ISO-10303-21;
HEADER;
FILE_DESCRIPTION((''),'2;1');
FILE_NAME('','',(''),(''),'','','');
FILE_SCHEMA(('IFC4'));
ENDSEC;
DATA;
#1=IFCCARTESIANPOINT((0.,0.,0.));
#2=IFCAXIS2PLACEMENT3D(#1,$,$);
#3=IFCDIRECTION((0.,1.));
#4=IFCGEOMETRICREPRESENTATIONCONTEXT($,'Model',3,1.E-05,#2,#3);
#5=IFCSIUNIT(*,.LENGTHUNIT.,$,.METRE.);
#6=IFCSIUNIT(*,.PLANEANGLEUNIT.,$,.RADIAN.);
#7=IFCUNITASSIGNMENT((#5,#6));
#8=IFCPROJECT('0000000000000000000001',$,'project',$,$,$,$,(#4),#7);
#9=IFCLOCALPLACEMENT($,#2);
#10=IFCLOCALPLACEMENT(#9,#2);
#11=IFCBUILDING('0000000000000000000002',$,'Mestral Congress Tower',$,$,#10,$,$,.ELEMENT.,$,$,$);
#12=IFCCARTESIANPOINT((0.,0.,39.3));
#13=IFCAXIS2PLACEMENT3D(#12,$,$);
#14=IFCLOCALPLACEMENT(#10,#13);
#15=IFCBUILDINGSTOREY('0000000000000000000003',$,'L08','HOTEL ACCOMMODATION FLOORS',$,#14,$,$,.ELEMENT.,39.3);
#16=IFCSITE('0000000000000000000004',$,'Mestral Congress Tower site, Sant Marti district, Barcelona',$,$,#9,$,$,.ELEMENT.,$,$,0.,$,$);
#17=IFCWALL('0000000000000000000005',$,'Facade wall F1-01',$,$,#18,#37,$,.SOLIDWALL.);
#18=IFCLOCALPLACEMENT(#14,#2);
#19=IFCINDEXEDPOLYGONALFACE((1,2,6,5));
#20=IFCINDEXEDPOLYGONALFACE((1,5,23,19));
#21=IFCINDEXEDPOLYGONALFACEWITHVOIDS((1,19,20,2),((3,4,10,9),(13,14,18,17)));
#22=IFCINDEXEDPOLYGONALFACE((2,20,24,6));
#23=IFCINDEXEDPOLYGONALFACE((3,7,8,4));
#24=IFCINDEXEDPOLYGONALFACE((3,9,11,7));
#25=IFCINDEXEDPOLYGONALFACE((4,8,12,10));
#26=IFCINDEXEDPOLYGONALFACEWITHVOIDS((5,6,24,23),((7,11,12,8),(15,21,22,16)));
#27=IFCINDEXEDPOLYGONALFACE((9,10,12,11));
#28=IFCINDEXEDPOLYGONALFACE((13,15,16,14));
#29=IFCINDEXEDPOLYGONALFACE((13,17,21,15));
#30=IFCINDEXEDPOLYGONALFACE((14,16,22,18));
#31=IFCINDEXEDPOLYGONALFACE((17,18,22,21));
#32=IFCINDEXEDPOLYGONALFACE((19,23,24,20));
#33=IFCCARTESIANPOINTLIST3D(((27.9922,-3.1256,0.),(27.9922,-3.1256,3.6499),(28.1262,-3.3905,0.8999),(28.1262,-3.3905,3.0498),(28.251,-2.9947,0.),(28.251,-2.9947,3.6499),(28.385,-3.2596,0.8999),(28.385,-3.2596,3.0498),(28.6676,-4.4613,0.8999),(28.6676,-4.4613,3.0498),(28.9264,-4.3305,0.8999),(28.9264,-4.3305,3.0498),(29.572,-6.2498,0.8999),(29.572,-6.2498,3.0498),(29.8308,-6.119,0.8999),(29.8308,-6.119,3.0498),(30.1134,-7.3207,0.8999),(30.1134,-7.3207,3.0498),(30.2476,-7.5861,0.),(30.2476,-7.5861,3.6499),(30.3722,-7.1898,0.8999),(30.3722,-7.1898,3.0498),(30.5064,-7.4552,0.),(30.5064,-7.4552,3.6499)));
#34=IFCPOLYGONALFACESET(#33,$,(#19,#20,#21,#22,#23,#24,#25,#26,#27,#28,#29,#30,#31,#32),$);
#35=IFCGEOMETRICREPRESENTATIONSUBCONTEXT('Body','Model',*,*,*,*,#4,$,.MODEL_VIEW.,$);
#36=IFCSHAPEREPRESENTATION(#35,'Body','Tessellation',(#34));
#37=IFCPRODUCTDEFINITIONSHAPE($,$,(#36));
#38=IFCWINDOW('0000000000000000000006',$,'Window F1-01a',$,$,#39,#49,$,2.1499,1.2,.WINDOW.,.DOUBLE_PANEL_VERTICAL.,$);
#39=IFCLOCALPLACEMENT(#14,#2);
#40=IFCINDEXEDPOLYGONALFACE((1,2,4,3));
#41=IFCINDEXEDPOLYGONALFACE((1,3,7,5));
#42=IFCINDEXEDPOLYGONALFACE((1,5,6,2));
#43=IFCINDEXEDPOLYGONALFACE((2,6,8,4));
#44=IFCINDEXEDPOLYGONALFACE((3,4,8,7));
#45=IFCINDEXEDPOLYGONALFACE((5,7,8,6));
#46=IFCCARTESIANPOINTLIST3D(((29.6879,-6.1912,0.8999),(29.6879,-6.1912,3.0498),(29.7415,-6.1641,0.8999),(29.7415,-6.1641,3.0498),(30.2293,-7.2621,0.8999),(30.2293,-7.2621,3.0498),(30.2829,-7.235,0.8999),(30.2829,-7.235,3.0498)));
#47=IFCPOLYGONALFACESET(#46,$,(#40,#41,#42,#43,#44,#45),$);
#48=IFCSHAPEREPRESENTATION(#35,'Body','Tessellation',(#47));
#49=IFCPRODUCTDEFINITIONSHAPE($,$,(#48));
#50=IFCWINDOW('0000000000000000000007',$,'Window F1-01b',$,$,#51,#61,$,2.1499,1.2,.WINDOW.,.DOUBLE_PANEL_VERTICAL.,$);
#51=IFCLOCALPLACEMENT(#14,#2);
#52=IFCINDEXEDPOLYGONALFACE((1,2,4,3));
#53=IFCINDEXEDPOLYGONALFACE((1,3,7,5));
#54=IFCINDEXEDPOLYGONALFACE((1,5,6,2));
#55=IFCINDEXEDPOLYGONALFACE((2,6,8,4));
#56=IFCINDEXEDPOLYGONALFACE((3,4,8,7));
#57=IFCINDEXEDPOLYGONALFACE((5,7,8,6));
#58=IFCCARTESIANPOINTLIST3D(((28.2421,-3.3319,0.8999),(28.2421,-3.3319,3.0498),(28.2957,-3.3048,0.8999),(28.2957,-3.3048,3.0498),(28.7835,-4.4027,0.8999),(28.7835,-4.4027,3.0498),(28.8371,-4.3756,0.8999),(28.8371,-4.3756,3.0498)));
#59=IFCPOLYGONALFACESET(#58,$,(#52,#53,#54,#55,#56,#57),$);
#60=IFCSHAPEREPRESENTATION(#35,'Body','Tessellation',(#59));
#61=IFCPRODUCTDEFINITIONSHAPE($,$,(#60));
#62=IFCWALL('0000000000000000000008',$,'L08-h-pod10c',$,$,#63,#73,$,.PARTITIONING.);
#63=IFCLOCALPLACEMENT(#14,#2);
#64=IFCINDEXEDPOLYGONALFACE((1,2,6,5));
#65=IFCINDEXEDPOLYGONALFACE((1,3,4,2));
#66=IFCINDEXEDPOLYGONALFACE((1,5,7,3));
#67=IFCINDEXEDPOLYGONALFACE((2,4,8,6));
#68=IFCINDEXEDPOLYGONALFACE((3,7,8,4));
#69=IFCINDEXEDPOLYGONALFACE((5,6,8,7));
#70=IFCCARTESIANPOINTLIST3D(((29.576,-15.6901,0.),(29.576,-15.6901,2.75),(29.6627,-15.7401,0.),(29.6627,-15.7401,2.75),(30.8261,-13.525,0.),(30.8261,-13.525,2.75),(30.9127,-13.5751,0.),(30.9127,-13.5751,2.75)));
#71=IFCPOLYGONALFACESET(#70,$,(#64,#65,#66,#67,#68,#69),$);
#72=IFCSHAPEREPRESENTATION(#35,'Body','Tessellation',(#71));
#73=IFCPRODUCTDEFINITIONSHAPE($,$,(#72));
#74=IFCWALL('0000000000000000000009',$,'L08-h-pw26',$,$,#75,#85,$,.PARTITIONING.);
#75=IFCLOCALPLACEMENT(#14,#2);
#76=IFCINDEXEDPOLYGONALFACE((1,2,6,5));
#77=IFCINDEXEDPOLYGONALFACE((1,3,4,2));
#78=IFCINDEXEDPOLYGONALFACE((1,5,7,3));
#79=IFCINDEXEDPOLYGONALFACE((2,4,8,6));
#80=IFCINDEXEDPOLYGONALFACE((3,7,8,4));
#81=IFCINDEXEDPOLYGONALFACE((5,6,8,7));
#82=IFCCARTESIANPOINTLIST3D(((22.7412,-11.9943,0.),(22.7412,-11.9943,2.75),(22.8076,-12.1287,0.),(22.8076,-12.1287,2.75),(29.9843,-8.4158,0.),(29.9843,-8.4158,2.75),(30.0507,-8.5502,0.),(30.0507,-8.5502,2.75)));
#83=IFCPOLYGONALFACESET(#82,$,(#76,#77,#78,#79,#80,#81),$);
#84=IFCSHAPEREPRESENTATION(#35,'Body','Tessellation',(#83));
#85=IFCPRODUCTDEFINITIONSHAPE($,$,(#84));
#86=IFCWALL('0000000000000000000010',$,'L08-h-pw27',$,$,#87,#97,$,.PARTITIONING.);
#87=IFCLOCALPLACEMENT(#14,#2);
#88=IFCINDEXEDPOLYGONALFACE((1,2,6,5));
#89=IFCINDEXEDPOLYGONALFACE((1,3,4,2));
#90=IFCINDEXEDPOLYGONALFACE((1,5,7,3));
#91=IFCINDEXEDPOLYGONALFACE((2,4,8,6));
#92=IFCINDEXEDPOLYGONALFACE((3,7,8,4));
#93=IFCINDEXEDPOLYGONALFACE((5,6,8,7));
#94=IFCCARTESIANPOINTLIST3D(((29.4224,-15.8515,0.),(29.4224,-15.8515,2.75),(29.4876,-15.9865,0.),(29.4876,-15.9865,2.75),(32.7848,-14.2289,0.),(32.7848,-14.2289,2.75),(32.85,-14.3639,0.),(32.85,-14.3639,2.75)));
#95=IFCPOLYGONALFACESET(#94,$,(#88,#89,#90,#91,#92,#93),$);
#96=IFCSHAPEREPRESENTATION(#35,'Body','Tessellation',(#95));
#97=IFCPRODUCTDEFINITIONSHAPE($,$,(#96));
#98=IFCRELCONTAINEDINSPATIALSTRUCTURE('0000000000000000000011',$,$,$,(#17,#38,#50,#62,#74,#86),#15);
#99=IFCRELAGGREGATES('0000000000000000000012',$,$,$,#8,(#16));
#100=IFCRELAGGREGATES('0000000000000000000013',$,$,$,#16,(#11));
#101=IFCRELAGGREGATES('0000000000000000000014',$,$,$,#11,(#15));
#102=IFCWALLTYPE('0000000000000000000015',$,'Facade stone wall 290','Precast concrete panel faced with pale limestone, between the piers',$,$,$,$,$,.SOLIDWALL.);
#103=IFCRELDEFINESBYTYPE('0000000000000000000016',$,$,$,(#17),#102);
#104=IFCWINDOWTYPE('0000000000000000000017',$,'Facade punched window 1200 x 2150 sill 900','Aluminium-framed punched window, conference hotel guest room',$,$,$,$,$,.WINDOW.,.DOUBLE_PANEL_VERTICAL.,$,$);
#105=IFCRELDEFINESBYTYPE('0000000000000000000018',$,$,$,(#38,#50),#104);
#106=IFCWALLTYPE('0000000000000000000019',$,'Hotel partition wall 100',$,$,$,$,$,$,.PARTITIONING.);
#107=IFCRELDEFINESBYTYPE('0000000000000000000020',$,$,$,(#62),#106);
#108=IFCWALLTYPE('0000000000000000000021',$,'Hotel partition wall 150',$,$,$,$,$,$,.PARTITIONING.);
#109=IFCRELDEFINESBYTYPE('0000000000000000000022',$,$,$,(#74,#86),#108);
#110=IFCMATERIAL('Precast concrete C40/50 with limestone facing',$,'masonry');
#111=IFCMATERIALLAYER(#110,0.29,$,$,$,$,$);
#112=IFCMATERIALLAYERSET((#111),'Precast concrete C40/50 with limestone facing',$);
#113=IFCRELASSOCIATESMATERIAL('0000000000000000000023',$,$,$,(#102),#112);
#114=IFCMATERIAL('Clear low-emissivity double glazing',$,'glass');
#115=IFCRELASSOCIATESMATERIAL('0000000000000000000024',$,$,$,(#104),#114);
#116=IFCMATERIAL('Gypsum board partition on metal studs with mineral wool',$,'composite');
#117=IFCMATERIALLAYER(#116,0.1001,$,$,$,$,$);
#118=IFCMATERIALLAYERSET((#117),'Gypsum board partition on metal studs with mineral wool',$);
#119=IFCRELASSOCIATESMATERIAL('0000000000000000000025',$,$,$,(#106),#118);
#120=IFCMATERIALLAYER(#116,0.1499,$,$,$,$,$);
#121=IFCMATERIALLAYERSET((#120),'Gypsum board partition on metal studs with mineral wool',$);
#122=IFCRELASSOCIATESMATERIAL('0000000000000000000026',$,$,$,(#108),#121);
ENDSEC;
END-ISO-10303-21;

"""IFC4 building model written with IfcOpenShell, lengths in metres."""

from ifc_helpers import new_model, si_unit, direction, frame, frame_2d, origin, place, context, subcontext, project, spatial, rectangle, extrude, material, layer, layer_set, type_object, element, fill, save


model = new_model("IFC4")

# Units and contexts
model_context = context("Model", 3, precision=1e-05, world=origin(), true_north=direction((0.0, 1.0)))
body_context = subcontext(model_context, "Body", "Model", "MODEL_VIEW")
ifc_project = project(units=[si_unit("LENGTHUNIT", "METRE"), si_unit("PLANEANGLEUNIT", "RADIAN")], contexts=[model_context])

# Site, building, storey
site_placement = place(None, origin())
site = spatial("IfcSite", under=ifc_project, at=site_placement, Name="Mestral Congress Tower site, Sant Marti district, Barcelona", CompositionType="ELEMENT", RefElevation=0.0)
building_placement = place(site_placement, origin())
building = spatial("IfcBuilding", under=site, at=building_placement, Name="Mestral Congress Tower", CompositionType="ELEMENT")
storey_placement = place(building_placement, frame((0.0, 0.0, 39.3)))
storey = spatial("IfcBuildingStorey", under=building, at=storey_placement, Name="L08", Description="HOTEL ACCOMMODATION FLOORS", CompositionType="ELEMENT", Elevation=39.3)

# Shared definitions
ifc_material_1 = material(Name="Precast concrete C40/50 with limestone facing", Category="masonry")
ifc_layer_1 = layer(ifc_material_1, 0.29)
ifc_layer_set_1 = layer_set([ifc_layer_1], Name="Precast concrete C40/50 with limestone facing")
wall_type_1 = type_object("IfcWallType", Name="Facade stone wall 290", Description="Precast concrete panel faced with pale limestone, between the piers", PredefinedType="SOLIDWALL", material=ifc_layer_set_1)
ifc_material_2 = material(Name="Clear low-emissivity double glazing", Category="glass")

# Wall, openings, windows
window_type_1 = type_object("IfcWindowType", Name="Facade punched window 1200 x 2150 sill 900", Description="Aluminium-framed punched window, conference hotel guest room", PartitioningType="DOUBLE_PANEL_VERTICAL", PredefinedType="WINDOW", material=ifc_material_2)
wall_1_placement = place(storey_placement, frame((30.377, -7.5205, 0.0), z_axis=(0.0, 0.0, 1.0), x_axis=(-0.451234, 0.892406, 0.0)))
wall_1 = element("IfcWall", 1, at=wall_1_placement, inside=storey, type_object=wall_type_1, Name="Facade wall F1-01", PredefinedType="SOLIDWALL", context=body_context, shape_type="SweptSolid", body=[
    extrude(rectangle(XDim=4.9983, YDim=0.29, at=frame_2d((2.499, 0.0))), origin(), (0.0, 0.0, 1.0), 3.6499),
])
opening_1_placement = place(wall_1_placement, frame((0.2971, 0.0, 0.8999)))
opening_1 = element("IfcOpeningElement", 2, at=opening_1_placement, cuts=wall_1, PredefinedType="OPENING", context=body_context, shape_type="SweptSolid", body=[
    extrude(rectangle(XDim=1.2, YDim=2.1499, at=frame_2d((0.6001, 1.075))), frame((0.0, 0.155, 0.0), z_axis=(0.0, -1.0, 0.0), x_axis=(1.0, 0.0, 0.0)), (0.0, 0.0, 1.0), 0.3101),
])
opening_2_placement = place(wall_1_placement, frame((3.5012, 0.0, 0.8999)))
opening_2 = element("IfcOpeningElement", 3, at=opening_2_placement, cuts=wall_1, PredefinedType="OPENING", context=body_context, shape_type="SweptSolid", body=[
    extrude(rectangle(XDim=1.2, YDim=2.1499, at=frame_2d((0.6001, 1.075))), frame((0.0, 0.155, 0.0), z_axis=(0.0, -1.0, 0.0), x_axis=(1.0, 0.0, 0.0)), (0.0, 0.0, 1.0), 0.3101),
])
window_1_placement = place(opening_1_placement, origin())
window_1 = element("IfcWindow", 4, at=window_1_placement, inside=storey, type_object=window_type_1, Name="Window F1-01a", OverallHeight=2.1499, OverallWidth=1.2, PartitioningType="DOUBLE_PANEL_VERTICAL", PredefinedType="WINDOW", context=body_context, shape_type="SweptSolid", body=[
    extrude(rectangle(XDim=1.2, YDim=2.1499, at=frame_2d((0.6001, 1.075))), frame((0.0, 0.0151, 0.0), z_axis=(0.0, -1.0, 0.0), x_axis=(1.0, 0.0, 0.0)), (0.0, 0.0, 1.0), 0.0601),
])
fill(opening_1, window_1)
window_2_placement = place(opening_2_placement, origin())
window_2 = element("IfcWindow", 5, at=window_2_placement, inside=storey, type_object=window_type_1, Name="Window F1-01b", OverallHeight=2.1499, OverallWidth=1.2, PartitioningType="DOUBLE_PANEL_VERTICAL", PredefinedType="WINDOW", context=body_context, shape_type="SweptSolid", body=[
    extrude(rectangle(XDim=1.2, YDim=2.1499, at=frame_2d((0.6001, 1.075))), frame((0.0, 0.0151, 0.0), z_axis=(0.0, -1.0, 0.0), x_axis=(1.0, 0.0, 0.0)), (0.0, 0.0, 1.0), 0.0601),
])
fill(opening_2, window_2)

# Walls
ifc_material_3 = material(Name="Gypsum board partition on metal studs with mineral wool", Category="composite")
ifc_layer_2 = layer(ifc_material_3, 0.1001)
ifc_layer_set_2 = layer_set([ifc_layer_2], Name="Gypsum board partition on metal studs with mineral wool")
wall_type_2 = type_object("IfcWallType", Name="Hotel partition wall 100", PredefinedType="PARTITIONING", material=ifc_layer_set_2)
wall_2_placement = place(storey_placement, frame((29.6194, -15.7151, 0.0), z_axis=(0.0, 0.0, 1.0), x_axis=(0.500004, 0.866023, 0.0)))
element("IfcWall", 6, at=wall_2_placement, inside=storey, type_object=wall_type_2, Name="L08-h-pod10c", PredefinedType="PARTITIONING", context=body_context, shape_type="SweptSolid", body=[
    extrude(rectangle(XDim=2.5, YDim=0.1001, at=frame_2d((1.25, 0.0))), origin(), (0.0, 0.0, 1.0), 2.75),
])
ifc_layer_3 = layer(ifc_material_3, 0.1499)
ifc_layer_set_3 = layer_set([ifc_layer_3], Name="Gypsum board partition on metal studs with mineral wool")
wall_type_3 = type_object("IfcWallType", Name="Hotel partition wall 150", PredefinedType="PARTITIONING", material=ifc_layer_set_3)
wall_3_placement = place(storey_placement, frame((30.0176, -8.4829, 0.0), z_axis=(0.0, 0.0, 1.0), x_axis=(-0.896545, -0.442954, 0.0)))
element("IfcWall", 7, at=wall_3_placement, inside=storey, type_object=wall_type_3, Name="L08-h-pw26", PredefinedType="PARTITIONING", context=body_context, shape_type="SweptSolid", body=[
    extrude(rectangle(XDim=8.0789, YDim=0.1499, at=frame_2d((4.0396, 0.0))), origin(), (0.0, 0.0, 1.0), 2.75),
])
wall_4_placement = place(storey_placement, frame((32.8174, -14.2964, 0.0), z_axis=(0.0, 0.0, 1.0), x_axis=(-0.900617, -0.434614, 0.0)))
element("IfcWall", 8, at=wall_4_placement, inside=storey, type_object=wall_type_3, Name="L08-h-pw27", PredefinedType="PARTITIONING", context=body_context, shape_type="SweptSolid", body=[
    extrude(rectangle(XDim=3.7334, YDim=0.1499, at=frame_2d((1.8667, 0.0))), origin(), (0.0, 0.0, 1.0), 2.75),
])

save(model, "model.ifc")
